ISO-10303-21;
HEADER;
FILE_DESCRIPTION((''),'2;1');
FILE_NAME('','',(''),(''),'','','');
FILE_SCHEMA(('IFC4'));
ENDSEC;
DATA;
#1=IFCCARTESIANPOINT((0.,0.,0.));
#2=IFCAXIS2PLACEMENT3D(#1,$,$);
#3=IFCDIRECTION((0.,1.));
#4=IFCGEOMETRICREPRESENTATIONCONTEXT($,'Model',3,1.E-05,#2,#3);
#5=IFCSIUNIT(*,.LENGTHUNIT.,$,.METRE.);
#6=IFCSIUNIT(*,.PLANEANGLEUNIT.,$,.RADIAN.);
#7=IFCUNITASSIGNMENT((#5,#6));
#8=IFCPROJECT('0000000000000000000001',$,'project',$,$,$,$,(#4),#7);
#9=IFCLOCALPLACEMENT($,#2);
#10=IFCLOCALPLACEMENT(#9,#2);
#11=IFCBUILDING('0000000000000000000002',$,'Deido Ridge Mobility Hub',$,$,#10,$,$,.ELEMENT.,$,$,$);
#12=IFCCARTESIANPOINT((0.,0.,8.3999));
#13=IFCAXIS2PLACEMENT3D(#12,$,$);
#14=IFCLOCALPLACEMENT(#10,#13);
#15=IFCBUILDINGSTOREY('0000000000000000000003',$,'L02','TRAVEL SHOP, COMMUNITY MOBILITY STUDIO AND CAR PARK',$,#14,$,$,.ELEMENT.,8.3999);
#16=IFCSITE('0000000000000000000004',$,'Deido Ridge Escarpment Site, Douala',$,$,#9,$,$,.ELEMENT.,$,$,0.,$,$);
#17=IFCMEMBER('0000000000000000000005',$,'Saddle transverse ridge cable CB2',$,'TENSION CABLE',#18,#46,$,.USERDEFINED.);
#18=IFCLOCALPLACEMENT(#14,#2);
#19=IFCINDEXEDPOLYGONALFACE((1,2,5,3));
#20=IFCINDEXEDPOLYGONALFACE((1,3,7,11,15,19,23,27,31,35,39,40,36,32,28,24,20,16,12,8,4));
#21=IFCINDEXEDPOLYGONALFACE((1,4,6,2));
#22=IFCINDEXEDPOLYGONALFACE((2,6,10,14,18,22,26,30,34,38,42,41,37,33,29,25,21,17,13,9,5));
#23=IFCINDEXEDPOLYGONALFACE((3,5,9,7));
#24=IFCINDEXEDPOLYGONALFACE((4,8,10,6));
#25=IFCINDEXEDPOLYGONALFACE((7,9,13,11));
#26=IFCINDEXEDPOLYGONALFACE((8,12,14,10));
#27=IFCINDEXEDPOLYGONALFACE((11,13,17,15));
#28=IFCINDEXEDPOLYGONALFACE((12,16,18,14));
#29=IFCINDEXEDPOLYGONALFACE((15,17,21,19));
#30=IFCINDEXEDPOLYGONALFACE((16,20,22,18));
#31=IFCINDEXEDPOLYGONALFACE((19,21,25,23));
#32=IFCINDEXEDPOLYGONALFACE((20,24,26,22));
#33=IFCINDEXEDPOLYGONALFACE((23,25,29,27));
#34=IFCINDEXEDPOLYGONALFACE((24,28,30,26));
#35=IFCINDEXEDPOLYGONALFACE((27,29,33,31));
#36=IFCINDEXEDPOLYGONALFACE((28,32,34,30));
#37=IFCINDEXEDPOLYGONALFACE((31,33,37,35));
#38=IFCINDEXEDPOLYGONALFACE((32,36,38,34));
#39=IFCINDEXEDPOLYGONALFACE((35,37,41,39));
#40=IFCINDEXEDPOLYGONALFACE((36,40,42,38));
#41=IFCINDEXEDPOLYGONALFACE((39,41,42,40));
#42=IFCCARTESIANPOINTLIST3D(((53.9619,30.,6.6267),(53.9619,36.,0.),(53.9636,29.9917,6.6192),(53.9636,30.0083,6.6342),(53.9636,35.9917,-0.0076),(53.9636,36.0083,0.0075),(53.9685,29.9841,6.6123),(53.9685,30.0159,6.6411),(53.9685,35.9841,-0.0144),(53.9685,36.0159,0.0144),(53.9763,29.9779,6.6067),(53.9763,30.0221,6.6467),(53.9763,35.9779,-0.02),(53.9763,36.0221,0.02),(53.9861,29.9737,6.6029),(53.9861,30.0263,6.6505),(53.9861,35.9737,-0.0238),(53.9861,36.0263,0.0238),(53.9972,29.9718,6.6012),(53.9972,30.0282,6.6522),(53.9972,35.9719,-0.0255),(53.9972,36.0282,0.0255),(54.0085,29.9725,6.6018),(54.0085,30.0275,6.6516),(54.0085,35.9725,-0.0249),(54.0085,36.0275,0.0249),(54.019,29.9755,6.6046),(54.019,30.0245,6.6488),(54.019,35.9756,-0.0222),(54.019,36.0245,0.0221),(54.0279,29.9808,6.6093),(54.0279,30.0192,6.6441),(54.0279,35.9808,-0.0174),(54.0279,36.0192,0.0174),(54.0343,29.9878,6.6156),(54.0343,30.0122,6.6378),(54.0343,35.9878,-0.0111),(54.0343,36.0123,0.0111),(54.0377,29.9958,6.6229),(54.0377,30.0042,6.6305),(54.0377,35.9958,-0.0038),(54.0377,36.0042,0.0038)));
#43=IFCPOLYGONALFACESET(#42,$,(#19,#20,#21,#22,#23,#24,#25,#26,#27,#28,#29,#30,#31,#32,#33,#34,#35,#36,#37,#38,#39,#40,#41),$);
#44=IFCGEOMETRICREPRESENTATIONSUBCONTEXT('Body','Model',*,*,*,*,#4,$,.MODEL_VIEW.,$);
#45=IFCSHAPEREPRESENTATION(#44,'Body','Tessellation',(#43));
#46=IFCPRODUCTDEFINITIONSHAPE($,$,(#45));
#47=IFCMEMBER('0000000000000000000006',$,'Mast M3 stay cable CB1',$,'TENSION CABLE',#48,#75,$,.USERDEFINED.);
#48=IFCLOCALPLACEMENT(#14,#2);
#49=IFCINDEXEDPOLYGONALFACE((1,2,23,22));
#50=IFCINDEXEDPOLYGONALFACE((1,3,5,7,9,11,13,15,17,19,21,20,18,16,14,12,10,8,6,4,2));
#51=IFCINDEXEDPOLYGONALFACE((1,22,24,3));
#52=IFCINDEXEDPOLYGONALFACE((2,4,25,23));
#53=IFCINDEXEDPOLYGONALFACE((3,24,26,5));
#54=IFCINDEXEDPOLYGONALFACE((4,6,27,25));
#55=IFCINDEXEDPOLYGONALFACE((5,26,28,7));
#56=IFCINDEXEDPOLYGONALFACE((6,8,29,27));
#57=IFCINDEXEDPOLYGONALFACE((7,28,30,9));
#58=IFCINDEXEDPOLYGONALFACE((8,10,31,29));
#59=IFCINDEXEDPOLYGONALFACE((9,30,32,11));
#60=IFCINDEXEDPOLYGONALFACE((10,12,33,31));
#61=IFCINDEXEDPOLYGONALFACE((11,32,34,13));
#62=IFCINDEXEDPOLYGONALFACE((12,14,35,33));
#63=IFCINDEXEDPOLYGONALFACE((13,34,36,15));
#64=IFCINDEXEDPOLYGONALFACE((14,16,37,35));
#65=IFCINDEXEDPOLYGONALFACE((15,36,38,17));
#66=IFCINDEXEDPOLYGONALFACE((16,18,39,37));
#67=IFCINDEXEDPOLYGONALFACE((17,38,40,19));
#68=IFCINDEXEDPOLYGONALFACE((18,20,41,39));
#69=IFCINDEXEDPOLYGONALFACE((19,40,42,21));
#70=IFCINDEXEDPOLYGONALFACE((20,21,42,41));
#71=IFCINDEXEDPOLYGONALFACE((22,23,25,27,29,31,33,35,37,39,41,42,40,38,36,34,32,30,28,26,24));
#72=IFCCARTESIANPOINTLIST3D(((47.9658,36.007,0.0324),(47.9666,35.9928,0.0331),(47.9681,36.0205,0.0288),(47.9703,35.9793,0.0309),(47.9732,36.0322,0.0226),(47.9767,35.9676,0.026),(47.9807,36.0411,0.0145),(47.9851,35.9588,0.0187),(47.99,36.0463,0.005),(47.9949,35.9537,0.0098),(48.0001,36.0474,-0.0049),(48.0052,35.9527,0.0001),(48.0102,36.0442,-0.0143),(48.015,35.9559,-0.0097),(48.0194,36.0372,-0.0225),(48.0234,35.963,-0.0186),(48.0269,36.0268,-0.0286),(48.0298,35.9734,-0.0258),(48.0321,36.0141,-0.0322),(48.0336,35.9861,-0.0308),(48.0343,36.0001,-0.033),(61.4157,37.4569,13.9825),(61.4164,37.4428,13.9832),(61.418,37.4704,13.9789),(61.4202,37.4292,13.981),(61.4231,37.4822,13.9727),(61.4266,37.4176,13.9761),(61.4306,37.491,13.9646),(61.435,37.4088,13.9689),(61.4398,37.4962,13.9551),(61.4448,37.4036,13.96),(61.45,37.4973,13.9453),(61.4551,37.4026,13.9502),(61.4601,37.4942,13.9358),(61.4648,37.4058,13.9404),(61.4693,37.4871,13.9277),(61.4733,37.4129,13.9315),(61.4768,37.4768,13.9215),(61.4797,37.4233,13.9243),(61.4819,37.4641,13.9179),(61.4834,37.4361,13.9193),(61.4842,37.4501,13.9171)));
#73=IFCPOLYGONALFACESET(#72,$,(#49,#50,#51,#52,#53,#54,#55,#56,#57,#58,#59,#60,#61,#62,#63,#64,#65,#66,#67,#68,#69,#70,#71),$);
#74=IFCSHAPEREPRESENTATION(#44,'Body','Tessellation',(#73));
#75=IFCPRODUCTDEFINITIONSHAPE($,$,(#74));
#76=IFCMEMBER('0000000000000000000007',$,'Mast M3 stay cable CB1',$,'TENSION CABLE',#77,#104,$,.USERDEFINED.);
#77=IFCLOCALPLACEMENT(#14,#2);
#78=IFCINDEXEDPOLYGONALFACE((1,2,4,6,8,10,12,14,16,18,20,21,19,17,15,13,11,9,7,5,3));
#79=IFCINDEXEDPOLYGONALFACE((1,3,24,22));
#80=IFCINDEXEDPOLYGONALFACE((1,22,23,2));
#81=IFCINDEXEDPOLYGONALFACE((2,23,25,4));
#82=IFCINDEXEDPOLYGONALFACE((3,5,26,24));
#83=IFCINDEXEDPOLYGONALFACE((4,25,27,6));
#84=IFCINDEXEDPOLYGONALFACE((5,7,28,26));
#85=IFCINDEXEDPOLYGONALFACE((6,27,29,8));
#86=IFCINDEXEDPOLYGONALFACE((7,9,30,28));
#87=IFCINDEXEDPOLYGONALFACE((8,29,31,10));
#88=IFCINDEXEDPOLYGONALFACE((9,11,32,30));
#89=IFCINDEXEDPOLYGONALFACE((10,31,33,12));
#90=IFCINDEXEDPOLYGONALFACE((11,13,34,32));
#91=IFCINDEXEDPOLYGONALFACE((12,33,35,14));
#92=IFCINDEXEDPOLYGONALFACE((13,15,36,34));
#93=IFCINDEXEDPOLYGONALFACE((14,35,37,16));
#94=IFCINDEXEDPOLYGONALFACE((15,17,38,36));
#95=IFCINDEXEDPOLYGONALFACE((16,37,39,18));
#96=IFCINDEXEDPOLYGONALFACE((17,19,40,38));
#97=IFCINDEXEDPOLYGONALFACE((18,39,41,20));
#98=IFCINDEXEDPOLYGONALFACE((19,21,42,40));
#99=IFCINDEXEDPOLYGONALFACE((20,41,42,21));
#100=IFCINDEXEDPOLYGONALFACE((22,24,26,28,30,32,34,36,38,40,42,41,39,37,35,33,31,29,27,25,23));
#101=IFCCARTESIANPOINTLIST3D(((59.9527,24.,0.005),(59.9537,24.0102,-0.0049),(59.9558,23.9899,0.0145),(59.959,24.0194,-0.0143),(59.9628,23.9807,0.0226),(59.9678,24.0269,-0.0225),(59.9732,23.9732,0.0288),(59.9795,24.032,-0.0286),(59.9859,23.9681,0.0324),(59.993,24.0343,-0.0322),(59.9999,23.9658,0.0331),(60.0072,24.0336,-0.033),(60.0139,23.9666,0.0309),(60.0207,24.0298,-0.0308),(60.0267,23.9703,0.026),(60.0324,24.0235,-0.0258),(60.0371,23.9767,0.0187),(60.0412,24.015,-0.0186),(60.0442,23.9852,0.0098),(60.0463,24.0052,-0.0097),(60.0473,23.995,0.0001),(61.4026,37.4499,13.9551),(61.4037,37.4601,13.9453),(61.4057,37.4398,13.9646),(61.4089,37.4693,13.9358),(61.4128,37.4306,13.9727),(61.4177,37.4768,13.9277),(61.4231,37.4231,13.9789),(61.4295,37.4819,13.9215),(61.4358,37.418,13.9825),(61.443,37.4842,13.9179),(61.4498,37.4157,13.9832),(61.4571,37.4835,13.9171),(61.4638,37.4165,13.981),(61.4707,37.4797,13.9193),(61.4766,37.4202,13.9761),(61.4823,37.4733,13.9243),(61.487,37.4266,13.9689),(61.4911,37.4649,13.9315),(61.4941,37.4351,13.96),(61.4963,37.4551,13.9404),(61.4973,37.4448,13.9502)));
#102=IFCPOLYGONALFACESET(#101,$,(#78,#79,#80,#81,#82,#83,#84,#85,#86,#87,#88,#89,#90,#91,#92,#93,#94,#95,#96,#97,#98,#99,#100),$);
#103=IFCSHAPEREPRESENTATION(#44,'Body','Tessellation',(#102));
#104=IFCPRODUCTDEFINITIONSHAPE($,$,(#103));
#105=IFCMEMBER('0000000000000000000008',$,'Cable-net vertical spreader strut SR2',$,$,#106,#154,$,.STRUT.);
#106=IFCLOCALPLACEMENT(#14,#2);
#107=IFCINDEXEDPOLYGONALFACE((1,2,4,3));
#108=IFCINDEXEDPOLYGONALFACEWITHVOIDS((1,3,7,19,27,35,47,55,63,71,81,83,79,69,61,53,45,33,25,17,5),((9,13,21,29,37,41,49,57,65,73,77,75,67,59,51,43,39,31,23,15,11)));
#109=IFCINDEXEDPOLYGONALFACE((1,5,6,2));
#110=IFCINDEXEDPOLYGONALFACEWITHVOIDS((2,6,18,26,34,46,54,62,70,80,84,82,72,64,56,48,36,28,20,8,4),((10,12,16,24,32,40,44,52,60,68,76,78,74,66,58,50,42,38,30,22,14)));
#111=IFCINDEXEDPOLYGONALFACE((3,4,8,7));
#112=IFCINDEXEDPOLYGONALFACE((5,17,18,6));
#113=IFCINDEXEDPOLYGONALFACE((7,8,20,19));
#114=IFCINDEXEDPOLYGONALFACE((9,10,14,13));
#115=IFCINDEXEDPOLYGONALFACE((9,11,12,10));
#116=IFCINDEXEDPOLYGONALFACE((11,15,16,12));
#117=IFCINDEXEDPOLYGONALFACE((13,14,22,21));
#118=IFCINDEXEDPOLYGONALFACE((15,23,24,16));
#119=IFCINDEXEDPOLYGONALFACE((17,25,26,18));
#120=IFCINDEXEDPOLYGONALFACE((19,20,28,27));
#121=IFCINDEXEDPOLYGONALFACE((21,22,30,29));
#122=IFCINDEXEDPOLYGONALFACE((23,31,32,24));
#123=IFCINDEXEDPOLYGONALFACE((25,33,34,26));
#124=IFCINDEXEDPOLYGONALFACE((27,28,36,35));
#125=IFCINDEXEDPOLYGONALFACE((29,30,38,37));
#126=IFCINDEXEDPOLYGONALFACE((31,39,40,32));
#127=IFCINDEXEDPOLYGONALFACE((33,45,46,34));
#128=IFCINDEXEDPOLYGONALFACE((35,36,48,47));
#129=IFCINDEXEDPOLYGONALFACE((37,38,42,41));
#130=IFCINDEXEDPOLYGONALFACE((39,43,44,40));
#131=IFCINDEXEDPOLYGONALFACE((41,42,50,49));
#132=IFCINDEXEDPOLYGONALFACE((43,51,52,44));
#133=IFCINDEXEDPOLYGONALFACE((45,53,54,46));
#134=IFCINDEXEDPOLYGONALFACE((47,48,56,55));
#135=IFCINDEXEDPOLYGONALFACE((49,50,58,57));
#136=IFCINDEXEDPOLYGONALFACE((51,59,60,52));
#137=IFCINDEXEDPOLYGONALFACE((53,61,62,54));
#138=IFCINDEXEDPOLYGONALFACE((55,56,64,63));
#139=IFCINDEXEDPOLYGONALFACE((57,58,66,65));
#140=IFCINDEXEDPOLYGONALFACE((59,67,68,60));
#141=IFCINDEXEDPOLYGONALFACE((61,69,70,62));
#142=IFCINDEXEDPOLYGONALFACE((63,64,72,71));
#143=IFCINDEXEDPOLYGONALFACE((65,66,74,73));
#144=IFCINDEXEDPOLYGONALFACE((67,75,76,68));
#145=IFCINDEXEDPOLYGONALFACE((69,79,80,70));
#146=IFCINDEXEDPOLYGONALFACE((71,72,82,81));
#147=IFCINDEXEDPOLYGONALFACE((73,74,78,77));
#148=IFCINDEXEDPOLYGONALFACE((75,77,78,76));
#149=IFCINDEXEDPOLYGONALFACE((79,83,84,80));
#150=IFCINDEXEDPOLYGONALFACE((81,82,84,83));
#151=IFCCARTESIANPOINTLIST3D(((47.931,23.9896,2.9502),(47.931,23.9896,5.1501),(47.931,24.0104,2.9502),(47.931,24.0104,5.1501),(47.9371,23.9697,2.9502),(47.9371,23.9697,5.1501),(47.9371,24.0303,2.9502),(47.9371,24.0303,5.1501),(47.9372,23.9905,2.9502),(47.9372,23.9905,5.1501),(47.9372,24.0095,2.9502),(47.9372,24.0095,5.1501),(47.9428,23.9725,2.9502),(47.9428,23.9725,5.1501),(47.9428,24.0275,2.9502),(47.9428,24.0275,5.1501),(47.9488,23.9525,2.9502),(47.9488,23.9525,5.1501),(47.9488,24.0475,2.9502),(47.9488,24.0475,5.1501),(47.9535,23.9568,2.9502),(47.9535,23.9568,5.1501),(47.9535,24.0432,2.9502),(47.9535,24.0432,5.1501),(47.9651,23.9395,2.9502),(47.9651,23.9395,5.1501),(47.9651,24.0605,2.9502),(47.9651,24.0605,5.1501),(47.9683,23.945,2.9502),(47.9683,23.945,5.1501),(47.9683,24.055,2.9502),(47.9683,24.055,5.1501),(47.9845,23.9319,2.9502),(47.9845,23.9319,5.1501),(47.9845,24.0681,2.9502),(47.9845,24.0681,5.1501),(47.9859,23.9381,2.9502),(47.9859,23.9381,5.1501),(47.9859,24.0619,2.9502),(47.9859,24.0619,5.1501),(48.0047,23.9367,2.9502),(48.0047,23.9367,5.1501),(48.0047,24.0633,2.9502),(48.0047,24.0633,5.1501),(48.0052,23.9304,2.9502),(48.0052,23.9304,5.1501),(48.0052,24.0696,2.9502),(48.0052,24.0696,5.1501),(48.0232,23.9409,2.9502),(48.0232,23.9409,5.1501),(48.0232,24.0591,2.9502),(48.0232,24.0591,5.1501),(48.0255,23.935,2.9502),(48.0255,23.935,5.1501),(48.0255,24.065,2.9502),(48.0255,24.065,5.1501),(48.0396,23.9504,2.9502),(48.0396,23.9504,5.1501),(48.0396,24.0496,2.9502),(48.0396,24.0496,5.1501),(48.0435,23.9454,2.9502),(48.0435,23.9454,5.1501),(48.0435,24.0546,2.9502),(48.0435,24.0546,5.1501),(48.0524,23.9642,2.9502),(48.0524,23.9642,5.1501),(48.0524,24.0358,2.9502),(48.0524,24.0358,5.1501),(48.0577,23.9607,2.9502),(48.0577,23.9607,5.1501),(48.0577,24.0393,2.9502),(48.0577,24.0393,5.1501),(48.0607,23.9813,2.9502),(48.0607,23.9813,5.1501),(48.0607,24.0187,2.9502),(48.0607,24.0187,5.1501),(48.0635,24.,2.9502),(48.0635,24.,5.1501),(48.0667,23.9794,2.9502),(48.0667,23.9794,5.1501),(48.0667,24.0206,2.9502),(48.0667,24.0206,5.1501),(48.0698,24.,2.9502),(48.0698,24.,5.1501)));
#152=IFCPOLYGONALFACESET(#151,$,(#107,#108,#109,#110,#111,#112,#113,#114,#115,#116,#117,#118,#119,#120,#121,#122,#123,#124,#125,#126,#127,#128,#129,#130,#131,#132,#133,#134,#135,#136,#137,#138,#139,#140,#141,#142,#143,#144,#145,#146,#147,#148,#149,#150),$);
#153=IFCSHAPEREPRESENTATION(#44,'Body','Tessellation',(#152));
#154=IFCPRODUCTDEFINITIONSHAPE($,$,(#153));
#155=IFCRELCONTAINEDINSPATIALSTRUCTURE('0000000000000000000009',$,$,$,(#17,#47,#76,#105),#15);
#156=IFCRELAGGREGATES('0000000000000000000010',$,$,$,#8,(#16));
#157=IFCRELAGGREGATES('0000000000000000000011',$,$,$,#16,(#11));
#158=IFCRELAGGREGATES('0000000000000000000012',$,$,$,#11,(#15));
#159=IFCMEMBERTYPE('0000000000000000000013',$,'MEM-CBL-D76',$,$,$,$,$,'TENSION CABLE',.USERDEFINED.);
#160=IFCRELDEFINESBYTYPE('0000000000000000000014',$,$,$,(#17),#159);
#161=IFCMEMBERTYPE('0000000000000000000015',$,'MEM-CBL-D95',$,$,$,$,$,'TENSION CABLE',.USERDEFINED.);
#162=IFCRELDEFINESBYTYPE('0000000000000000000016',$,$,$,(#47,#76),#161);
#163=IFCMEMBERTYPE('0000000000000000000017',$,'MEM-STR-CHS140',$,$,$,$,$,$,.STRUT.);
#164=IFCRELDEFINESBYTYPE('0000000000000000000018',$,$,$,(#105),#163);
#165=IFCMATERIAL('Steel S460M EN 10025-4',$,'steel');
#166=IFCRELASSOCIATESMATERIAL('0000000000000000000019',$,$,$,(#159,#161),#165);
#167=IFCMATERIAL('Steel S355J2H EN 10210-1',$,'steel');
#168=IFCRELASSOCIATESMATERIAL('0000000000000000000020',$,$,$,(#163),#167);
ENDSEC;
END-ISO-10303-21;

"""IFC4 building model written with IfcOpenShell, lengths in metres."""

from ifc_helpers import new_model, si_unit, direction, frame, origin, origin_2d, place, context, subcontext, project, spatial, circle, hollow_circle, extrude, material, material_profile, profile_set, type_object, element, save


model = new_model("IFC4")

# Units and contexts
model_context = context("Model", 3, precision=1e-05, world=origin(), true_north=direction((0.0, 1.0)))
body_context = subcontext(model_context, "Body", "Model", "MODEL_VIEW")
ifc_project = project(units=[si_unit("LENGTHUNIT", "METRE"), si_unit("PLANEANGLEUNIT", "RADIAN")], contexts=[model_context])

# Site, building, storey
site_placement = place(None, origin())
site = spatial("IfcSite", under=ifc_project, at=site_placement, Name="Deido Ridge Escarpment Site, Douala", CompositionType="ELEMENT", RefElevation=0.0)
building_placement = place(site_placement, origin())
building = spatial("IfcBuilding", under=site, at=building_placement, Name="Deido Ridge Mobility Hub", CompositionType="ELEMENT")
storey_placement = place(building_placement, frame((0.0, 0.0, 8.3999)))
storey = spatial("IfcBuildingStorey", under=building, at=storey_placement, Name="L02", Description="TRAVEL SHOP, COMMUNITY MOBILITY STUDIO AND CAR PARK", CompositionType="ELEMENT", Elevation=8.3999)

# Shared definitions
ifc_material_1 = material(Name="Steel S355J2H EN 10210-1", Category="steel")

# Members
ifc_material_2 = material(Name="Steel S460M EN 10025-4", Category="steel")
ifc_material_profile_1 = material_profile(ifc_material_2, circle(Radius=0.0381, at=origin_2d()), Name="CABLE D76")
ifc_profile_set_1 = profile_set([ifc_material_profile_1], Name="Steel S460M EN 10025-4")
member_type_1 = type_object("IfcMemberType", Name="MEM-CBL-D76", ElementType="TENSION CABLE", PredefinedType="USERDEFINED", material=ifc_profile_set_1)
member_1_placement = place(storey_placement, frame((54.0, 30.0, 6.6267), z_axis=(0.0, 0.671184, -0.741291), x_axis=(-1.0, 0.0, 0.0)))
element("IfcMember", 1, at=member_1_placement, inside=storey, type_object=member_type_1, Name="Saddle transverse ridge cable CB2", ObjectType="TENSION CABLE", PredefinedType="USERDEFINED", context=body_context, shape_type="SweptSolid", body=[
    extrude(circle(Radius=0.0381, at=origin_2d()), origin(), (0.0, 0.0, 1.0), 8.9395),
])
ifc_material_profile_2 = material_profile(ifc_material_2, circle(Radius=0.0476, at=origin_2d()), Name="CABLE D95")
ifc_profile_set_2 = profile_set([ifc_material_profile_2], Name="Steel S460M EN 10025-4")
member_type_2 = type_object("IfcMemberType", Name="MEM-CBL-D95", ElementType="TENSION CABLE", PredefinedType="USERDEFINED", material=ifc_profile_set_2)
for number, where, z_axis, x_axis, name in (
    (2, (61.45, 37.45, 13.9502), (-0.692147, -0.074616, -0.71789), (0.107182, -0.994239, 0.0), "Mast M3 stay cable CB1"),
    (3, (61.45, 37.45, 13.9502), (-0.074616, -0.692147, -0.71789), (0.994239, -0.107182, 0.0), "Mast M3 stay cable CB1"),
):
    element("IfcMember", number, at=place(storey_placement, frame(where, z_axis=z_axis, x_axis=x_axis)), inside=storey, type_object=member_type_2, Name=name, ObjectType="TENSION CABLE", PredefinedType="USERDEFINED", context=body_context, shape_type="SweptSolid", body=[
        extrude(circle(Radius=0.0476, at=origin_2d()), origin(), (0.0, 0.0, 1.0), 19.4321),
    ])
ifc_material_profile_3 = material_profile(ifc_material_1, hollow_circle(Radius=0.0698, WallThickness=0.0063, at=origin_2d()), Name="CHS 139.7x6.3")
ifc_profile_set_3 = profile_set([ifc_material_profile_3], Name="Steel S355J2H EN 10210-1")
member_type_3 = type_object("IfcMemberType", Name="MEM-STR-CHS140", PredefinedType="STRUT", material=ifc_profile_set_3)
member_2_placement = place(storey_placement, frame((48.0, 24.0, 2.9502), z_axis=(0.0, 0.0, 1.0), x_axis=(1.0, 0.0, 0.0)))
element("IfcMember", 4, at=member_2_placement, inside=storey, type_object=member_type_3, Name="Cable-net vertical spreader strut SR2", PredefinedType="STRUT", context=body_context, shape_type="SweptSolid", body=[
    extrude(hollow_circle(Radius=0.0698, WallThickness=0.0063, at=origin_2d()), origin(), (0.0, 0.0, 1.0), 2.2),
])

save(model, "model.ifc")
